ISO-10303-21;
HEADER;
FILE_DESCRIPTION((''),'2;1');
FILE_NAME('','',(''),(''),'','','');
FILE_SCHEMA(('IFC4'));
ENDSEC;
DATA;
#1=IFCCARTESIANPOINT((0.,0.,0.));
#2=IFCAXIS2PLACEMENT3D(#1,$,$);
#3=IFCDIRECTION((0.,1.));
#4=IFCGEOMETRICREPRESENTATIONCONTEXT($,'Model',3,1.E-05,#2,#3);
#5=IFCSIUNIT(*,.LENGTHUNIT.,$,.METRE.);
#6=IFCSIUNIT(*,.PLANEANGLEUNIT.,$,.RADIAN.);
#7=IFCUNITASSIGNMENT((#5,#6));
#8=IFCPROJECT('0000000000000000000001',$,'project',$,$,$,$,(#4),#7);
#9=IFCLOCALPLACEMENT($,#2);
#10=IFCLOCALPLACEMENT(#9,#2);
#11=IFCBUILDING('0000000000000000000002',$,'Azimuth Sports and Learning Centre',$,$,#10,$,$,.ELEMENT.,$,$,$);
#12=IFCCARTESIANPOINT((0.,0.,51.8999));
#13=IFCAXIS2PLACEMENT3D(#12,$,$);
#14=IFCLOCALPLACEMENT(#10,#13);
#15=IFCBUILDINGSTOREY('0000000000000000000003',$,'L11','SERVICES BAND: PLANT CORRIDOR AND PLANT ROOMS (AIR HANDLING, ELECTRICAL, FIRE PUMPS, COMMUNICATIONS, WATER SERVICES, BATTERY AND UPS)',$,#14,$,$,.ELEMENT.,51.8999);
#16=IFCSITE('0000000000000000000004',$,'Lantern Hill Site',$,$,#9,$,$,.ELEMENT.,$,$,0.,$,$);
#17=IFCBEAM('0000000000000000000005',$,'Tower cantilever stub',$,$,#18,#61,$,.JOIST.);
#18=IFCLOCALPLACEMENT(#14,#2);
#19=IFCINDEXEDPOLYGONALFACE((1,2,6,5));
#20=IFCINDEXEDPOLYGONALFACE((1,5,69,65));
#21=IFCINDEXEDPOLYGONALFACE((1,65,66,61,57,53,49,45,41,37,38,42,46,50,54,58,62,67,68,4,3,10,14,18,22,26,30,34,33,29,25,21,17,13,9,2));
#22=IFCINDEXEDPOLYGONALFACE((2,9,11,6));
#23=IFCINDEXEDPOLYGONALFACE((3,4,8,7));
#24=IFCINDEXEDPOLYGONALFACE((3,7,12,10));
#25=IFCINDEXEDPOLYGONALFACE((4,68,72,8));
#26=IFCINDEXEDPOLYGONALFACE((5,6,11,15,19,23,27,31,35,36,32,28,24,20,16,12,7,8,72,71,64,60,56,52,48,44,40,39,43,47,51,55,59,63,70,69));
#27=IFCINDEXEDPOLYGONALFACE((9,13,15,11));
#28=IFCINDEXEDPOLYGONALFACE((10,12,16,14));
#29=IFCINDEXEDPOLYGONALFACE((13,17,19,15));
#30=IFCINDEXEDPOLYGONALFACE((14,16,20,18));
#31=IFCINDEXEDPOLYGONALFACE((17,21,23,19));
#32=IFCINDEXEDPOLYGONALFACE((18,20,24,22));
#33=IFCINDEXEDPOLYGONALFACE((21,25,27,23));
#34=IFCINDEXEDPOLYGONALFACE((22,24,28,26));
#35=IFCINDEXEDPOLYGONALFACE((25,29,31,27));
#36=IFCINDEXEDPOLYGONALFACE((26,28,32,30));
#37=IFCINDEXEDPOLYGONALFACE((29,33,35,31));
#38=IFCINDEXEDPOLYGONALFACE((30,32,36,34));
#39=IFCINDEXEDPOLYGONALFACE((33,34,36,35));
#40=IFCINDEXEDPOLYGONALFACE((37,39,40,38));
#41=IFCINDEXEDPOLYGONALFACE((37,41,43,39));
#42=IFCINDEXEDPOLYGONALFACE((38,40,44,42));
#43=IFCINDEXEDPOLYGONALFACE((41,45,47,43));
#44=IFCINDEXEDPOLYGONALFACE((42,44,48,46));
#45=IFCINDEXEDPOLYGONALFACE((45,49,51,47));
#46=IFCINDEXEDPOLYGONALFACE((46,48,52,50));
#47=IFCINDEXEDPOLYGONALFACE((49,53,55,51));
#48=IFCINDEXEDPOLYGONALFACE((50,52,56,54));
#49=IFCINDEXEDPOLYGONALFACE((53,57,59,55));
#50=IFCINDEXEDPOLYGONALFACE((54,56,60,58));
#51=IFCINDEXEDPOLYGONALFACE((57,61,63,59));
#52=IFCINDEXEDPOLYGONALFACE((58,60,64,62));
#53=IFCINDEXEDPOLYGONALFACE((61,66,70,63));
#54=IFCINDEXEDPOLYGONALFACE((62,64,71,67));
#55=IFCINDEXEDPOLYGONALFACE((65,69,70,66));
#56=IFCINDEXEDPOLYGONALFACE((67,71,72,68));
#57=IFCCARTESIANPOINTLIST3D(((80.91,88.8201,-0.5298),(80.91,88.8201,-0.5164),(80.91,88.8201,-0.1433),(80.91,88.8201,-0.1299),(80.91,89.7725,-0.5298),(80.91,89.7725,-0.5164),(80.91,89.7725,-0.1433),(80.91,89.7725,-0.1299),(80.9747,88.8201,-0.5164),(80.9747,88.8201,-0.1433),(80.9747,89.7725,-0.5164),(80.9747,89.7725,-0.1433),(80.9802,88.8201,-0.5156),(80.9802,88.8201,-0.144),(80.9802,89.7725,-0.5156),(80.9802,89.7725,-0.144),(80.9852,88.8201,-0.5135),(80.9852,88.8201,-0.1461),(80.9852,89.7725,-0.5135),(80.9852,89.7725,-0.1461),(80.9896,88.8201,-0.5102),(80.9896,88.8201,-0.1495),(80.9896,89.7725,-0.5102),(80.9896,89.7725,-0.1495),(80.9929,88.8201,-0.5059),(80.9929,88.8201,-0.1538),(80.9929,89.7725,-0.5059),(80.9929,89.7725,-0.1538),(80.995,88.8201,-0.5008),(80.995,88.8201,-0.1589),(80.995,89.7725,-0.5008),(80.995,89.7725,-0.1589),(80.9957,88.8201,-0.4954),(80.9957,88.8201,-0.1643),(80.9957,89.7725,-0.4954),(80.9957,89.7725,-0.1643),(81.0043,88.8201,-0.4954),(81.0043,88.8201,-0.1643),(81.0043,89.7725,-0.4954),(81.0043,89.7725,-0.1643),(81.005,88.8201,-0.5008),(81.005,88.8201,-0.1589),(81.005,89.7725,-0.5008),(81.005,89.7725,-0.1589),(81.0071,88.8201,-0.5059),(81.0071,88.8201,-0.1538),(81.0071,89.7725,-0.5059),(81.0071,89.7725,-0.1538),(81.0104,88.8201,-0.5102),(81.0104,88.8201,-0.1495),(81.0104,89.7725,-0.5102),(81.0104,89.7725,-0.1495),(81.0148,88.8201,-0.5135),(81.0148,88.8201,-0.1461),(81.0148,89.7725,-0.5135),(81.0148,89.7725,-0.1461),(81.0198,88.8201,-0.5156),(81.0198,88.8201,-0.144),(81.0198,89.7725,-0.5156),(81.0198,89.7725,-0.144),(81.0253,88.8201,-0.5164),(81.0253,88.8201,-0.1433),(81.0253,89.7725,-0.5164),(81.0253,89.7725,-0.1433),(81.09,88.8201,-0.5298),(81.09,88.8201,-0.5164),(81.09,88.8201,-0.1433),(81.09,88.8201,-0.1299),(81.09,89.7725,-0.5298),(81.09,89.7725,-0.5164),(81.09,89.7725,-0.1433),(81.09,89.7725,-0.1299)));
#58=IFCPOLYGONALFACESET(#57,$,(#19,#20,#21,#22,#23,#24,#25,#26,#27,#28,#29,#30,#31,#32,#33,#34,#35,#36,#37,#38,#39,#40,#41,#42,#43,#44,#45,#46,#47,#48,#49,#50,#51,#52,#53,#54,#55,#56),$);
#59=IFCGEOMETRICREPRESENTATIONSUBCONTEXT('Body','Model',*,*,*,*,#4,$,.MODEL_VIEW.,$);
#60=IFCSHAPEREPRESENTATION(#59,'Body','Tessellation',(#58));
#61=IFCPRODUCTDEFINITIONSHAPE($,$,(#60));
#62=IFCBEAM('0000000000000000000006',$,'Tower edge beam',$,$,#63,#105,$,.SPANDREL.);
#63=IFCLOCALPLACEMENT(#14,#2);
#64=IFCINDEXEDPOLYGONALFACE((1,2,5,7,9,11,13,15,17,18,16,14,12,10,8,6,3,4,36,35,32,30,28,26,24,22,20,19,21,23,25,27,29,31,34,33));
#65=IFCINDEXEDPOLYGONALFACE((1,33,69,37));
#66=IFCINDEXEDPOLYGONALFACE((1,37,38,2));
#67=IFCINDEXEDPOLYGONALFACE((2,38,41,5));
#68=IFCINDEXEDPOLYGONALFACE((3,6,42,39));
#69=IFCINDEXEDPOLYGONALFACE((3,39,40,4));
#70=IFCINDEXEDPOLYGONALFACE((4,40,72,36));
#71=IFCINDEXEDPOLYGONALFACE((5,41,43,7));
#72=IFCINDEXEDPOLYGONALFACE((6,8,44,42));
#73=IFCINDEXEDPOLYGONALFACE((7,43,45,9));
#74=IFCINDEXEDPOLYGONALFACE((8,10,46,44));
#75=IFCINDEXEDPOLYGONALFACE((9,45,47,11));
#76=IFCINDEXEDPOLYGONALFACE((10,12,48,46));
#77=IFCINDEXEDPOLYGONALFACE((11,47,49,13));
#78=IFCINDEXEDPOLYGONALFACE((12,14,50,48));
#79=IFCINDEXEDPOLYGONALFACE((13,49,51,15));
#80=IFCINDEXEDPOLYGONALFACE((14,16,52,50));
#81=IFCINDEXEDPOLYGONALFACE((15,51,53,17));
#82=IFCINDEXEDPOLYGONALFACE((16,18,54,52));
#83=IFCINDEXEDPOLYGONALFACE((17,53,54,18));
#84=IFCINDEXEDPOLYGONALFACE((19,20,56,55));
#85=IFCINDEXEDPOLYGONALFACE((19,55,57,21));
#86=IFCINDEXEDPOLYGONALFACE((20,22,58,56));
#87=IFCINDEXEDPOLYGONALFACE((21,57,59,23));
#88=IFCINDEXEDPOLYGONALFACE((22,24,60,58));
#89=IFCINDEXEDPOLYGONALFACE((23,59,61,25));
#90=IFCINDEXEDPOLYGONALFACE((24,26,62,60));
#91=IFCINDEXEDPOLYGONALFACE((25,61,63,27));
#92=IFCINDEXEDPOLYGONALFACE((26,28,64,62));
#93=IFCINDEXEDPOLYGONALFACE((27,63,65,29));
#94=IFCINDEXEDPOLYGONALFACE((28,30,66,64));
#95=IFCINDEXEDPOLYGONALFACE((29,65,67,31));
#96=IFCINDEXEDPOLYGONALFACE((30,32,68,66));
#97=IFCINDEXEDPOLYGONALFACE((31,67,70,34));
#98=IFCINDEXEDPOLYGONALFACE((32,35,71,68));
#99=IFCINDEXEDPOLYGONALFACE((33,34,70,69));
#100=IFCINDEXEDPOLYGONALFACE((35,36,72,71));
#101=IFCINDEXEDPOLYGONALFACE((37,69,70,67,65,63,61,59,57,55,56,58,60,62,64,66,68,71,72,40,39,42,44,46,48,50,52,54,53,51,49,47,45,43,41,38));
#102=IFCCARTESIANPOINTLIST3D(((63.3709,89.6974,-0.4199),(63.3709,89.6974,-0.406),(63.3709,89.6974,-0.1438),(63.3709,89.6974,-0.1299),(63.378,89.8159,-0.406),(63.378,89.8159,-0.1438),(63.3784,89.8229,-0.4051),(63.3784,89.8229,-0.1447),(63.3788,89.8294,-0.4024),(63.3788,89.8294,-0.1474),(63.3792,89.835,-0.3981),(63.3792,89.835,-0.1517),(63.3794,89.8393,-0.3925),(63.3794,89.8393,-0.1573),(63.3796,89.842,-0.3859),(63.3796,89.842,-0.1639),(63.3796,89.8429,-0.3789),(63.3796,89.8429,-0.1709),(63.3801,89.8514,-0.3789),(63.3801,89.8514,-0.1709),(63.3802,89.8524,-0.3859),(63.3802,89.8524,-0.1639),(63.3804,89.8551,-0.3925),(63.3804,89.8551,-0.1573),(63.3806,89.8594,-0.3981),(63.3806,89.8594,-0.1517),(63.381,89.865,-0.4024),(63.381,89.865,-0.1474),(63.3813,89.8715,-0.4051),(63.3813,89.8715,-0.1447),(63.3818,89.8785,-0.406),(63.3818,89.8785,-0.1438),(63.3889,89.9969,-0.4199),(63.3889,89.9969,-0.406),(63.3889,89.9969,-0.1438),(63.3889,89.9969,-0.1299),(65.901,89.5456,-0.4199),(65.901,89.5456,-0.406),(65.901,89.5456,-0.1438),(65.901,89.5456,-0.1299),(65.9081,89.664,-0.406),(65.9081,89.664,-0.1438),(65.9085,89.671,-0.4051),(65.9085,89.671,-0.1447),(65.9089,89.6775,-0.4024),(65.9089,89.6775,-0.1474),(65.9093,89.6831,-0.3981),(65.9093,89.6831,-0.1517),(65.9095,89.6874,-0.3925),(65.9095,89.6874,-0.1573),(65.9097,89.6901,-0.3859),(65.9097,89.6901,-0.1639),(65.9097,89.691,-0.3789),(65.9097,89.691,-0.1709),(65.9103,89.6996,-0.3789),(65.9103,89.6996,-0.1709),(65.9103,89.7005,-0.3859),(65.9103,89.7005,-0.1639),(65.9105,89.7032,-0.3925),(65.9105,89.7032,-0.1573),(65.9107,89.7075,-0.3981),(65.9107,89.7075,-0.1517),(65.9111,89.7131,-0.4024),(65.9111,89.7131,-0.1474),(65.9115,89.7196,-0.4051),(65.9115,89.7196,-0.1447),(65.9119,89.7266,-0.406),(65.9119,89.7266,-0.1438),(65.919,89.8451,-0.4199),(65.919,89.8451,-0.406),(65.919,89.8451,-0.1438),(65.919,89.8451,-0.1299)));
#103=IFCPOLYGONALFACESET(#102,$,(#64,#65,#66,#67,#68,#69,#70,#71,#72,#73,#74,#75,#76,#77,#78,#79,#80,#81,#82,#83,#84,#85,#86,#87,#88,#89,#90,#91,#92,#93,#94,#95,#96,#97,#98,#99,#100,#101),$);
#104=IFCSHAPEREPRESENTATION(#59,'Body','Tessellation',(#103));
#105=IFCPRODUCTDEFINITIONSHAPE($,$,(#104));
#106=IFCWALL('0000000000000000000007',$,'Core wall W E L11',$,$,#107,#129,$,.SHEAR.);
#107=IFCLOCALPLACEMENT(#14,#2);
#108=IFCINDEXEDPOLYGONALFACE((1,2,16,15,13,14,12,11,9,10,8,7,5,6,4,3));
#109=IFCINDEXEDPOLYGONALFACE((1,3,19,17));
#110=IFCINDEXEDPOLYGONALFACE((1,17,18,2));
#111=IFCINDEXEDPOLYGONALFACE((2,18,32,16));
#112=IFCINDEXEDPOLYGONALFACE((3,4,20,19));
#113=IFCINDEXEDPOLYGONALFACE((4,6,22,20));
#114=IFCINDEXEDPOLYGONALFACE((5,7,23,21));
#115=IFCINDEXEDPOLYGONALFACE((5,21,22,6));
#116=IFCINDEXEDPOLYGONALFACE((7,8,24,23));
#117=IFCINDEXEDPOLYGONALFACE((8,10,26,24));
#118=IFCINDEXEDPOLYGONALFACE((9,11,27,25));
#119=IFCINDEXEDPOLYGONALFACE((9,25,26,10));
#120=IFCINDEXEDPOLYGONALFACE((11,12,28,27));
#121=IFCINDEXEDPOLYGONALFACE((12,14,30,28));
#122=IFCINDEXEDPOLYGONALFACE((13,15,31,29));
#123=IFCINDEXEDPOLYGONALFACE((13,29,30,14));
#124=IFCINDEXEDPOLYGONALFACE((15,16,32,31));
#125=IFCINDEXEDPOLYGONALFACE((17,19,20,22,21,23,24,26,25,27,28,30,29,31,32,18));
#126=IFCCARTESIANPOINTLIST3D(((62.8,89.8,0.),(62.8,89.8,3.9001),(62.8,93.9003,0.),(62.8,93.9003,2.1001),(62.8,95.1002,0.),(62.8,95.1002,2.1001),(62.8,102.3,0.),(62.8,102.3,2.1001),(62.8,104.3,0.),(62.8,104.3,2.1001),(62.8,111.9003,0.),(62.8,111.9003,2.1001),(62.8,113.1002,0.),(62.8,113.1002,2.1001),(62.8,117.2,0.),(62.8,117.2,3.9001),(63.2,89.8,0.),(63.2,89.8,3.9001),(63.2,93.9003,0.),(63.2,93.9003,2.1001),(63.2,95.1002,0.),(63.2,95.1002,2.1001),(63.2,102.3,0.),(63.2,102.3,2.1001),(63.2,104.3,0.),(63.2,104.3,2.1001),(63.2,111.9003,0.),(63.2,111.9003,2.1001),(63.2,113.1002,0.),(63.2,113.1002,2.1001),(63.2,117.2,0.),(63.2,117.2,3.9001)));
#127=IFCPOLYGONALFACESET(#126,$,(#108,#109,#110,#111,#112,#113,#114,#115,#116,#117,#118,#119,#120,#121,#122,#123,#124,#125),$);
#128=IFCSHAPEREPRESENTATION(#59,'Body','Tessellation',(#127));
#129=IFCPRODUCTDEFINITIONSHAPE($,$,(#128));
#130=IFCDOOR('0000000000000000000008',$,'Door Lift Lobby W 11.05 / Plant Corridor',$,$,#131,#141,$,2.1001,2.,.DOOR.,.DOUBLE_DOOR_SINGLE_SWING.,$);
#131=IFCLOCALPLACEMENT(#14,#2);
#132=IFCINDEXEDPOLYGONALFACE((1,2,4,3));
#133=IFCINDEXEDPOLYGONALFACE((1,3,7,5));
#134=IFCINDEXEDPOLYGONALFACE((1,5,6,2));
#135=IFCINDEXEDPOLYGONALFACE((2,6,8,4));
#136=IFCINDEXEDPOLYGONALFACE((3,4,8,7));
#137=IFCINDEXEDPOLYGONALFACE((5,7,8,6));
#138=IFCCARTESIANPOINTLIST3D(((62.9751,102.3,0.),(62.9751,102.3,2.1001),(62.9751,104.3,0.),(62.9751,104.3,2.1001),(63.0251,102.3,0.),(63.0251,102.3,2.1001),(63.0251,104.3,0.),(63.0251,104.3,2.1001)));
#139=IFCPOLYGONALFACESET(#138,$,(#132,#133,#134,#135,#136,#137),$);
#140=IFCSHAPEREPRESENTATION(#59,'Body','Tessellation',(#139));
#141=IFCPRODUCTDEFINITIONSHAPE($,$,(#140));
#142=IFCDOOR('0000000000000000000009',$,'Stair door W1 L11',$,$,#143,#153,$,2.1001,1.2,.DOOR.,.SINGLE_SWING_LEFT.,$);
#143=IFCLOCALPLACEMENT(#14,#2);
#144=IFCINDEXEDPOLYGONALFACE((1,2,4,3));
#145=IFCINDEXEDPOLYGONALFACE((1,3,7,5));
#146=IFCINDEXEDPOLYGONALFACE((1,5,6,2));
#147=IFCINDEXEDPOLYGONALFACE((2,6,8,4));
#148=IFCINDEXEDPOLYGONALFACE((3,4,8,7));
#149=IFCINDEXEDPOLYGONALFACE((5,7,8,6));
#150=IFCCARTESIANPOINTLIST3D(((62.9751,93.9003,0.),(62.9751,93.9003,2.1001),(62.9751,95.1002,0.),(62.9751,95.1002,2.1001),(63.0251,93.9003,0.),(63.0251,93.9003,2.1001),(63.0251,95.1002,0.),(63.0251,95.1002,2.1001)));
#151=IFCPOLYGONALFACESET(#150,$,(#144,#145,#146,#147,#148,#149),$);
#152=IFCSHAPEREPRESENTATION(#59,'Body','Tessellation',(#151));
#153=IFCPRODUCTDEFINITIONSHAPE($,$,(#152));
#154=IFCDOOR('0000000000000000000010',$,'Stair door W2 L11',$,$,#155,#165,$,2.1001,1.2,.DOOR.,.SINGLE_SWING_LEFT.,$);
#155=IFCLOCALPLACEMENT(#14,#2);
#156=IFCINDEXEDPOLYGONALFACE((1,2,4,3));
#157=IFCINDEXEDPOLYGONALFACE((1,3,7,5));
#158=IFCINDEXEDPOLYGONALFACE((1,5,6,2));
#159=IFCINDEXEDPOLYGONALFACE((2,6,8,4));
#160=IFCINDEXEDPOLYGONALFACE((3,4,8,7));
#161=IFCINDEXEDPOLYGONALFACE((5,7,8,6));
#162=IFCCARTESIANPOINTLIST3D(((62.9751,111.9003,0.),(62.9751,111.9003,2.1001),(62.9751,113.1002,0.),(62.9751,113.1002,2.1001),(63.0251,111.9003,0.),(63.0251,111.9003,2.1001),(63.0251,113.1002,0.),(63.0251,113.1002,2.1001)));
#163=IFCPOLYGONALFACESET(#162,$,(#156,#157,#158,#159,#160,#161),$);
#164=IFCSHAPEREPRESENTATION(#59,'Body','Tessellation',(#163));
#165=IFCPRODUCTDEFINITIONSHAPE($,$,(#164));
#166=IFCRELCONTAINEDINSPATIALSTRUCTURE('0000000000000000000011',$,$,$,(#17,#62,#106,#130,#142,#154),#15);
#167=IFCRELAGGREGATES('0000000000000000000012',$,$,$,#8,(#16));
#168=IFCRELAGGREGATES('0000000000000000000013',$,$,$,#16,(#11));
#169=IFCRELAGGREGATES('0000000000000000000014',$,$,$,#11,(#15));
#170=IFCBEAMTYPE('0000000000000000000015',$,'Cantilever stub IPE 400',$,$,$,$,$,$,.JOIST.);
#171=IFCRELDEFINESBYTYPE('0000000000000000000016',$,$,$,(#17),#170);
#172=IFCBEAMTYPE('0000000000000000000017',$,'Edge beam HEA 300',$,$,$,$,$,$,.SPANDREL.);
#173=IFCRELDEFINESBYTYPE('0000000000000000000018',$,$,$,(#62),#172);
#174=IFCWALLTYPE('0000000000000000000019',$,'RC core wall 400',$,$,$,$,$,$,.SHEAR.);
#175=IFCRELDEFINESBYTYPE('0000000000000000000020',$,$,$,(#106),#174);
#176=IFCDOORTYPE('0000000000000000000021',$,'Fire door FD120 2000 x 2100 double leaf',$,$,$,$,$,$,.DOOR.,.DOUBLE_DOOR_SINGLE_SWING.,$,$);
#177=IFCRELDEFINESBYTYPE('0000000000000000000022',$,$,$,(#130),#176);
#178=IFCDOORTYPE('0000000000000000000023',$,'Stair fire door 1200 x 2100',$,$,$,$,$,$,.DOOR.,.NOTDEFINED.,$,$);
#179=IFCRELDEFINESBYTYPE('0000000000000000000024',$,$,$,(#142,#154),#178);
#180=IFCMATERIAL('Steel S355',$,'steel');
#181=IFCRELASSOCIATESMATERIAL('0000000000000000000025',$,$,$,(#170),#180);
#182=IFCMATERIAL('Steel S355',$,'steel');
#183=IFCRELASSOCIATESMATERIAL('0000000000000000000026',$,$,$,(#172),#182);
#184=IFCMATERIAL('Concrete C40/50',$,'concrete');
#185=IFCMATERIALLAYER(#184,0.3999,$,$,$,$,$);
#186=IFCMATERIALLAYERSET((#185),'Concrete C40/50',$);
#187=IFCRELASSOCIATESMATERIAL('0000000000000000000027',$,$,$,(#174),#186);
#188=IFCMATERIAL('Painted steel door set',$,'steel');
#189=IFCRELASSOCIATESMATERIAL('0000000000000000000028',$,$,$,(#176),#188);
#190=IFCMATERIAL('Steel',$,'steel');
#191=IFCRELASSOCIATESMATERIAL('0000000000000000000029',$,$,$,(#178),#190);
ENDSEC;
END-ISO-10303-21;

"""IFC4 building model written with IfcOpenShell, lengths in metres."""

from ifc_helpers import new_model, si_unit, direction, frame, frame_2d, origin, origin_2d, place, context, subcontext, project, spatial, rectangle, i_section, extrude, material, layer, layer_set, material_profile, profile_set, type_object, element, fill, save


model = new_model("IFC4")

# Units and contexts
model_context = context("Model", 3, precision=1e-05, world=origin(), true_north=direction((0.0, 1.0)))
body_context = subcontext(model_context, "Body", "Model", "MODEL_VIEW")
ifc_project = project(units=[si_unit("LENGTHUNIT", "METRE"), si_unit("PLANEANGLEUNIT", "RADIAN")], contexts=[model_context])

# Site, building, storey
site_placement = place(None, origin())
site = spatial("IfcSite", under=ifc_project, at=site_placement, Name="Lantern Hill Site", CompositionType="ELEMENT", RefElevation=0.0)
building_placement = place(site_placement, origin())
building = spatial("IfcBuilding", under=site, at=building_placement, Name="Azimuth Sports and Learning Centre", CompositionType="ELEMENT")
storey_placement = place(building_placement, frame((0.0, 0.0, 51.8999)))
storey = spatial("IfcBuildingStorey", under=building, at=storey_placement, Name="L11", Description="SERVICES BAND: PLANT CORRIDOR AND PLANT ROOMS (AIR HANDLING, ELECTRICAL, FIRE PUMPS, COMMUNICATIONS, WATER SERVICES, BATTERY AND UPS)", CompositionType="ELEMENT", Elevation=51.8999)

# Beams
ifc_material_1 = material(Name="Steel S355", Category="steel")
ifc_material_profile_1 = material_profile(ifc_material_1, i_section(OverallWidth=0.1799, OverallDepth=0.3999, WebThickness=0.0085, FlangeThickness=0.0134, FilletRadius=0.021, at=origin_2d()), Name="IPE 400")
ifc_profile_set_1 = profile_set([ifc_material_profile_1], Name="Steel S355")
beam_type_1 = type_object("IfcBeamType", Name="Cantilever stub IPE 400", PredefinedType="JOIST", material=ifc_profile_set_1)
beam_1_placement = place(storey_placement, frame((81.0, 89.7725, -0.3298), z_axis=(0.0, -1.0, 0.0), x_axis=(1.0, 0.0, 0.0)))
element("IfcBeam", 1, at=beam_1_placement, inside=storey, type_object=beam_type_1, Name="Tower cantilever stub", PredefinedType="JOIST", context=body_context, shape_type="SweptSolid", body=[
    extrude(i_section(OverallWidth=0.1799, OverallDepth=0.3999, WebThickness=0.0085, FlangeThickness=0.0134, FilletRadius=0.021, at=origin_2d()), origin(), (0.0, 0.0, 1.0), 0.9524),
])
ifc_material_2 = material(Name="Steel S355", Category="steel")
ifc_material_profile_2 = material_profile(ifc_material_2, i_section(OverallWidth=0.3, OverallDepth=0.29, WebThickness=0.0085, FlangeThickness=0.0139, FilletRadius=0.0271, at=origin_2d()), Name="HEA 300")
ifc_profile_set_2 = profile_set([ifc_material_profile_2], Name="Steel S355")
beam_type_2 = type_object("IfcBeamType", Name="Edge beam HEA 300", PredefinedType="SPANDREL", material=ifc_profile_set_2)
beam_2_placement = place(storey_placement, frame((63.3799, 89.8472, -0.2749), z_axis=(0.998204, -0.059913, 0.0), x_axis=(0.059913, 0.998204, 0.0)))
element("IfcBeam", 2, at=beam_2_placement, inside=storey, type_object=beam_type_2, Name="Tower edge beam", PredefinedType="SPANDREL", context=body_context, shape_type="SweptSolid", body=[
    extrude(i_section(OverallWidth=0.3, OverallDepth=0.29, WebThickness=0.0085, FlangeThickness=0.0139, FilletRadius=0.0271, at=origin_2d()), origin(), (0.0, 0.0, 1.0), 2.5347),
])

# Wall, openings, doors
ifc_material_3 = material(Name="Concrete C40/50", Category="concrete")
ifc_layer_1 = layer(ifc_material_3, 0.3999)
ifc_layer_set_1 = layer_set([ifc_layer_1], Name="Concrete C40/50")
wall_type_1 = type_object("IfcWallType", Name="RC core wall 400", PredefinedType="SHEAR", material=ifc_layer_set_1)
wall_1_placement = place(storey_placement, frame((63.0, 89.8, 0.0), z_axis=(0.0, 0.0, 1.0), x_axis=(0.0, 1.0, 0.0)))
wall_1 = element("IfcWall", 3, at=wall_1_placement, inside=storey, type_object=wall_type_1, Name="Core wall W E L11", PredefinedType="SHEAR", context=body_context, shape_type="SweptSolid", body=[
    extrude(rectangle(XDim=27.3999, YDim=0.3999, at=frame_2d((13.7, 0.0))), origin(), (0.0, 0.0, 1.0), 3.9001),
])
opening_1_placement = place(wall_1_placement, frame((4.1001, 0.0, 0.0)))
opening_1 = element("IfcOpeningElement", 4, at=opening_1_placement, cuts=wall_1, PredefinedType="OPENING", context=body_context, shape_type="SweptSolid", body=[
    extrude(rectangle(XDim=1.2, YDim=2.1001, at=frame_2d((0.6001, 1.05))), frame((0.0, 0.2109, 0.0), z_axis=(0.0, -1.0, 0.0), x_axis=(1.0, 0.0, 0.0)), (0.0, 0.0, 1.0), 0.4219),
])
opening_2_placement = place(wall_1_placement, frame((22.1001, 0.0, 0.0)))
opening_2 = element("IfcOpeningElement", 5, at=opening_2_placement, cuts=wall_1, PredefinedType="OPENING", context=body_context, shape_type="SweptSolid", body=[
    extrude(rectangle(XDim=1.2, YDim=2.1001, at=frame_2d((0.6001, 1.05))), frame((0.0, 0.2109, 0.0), z_axis=(0.0, -1.0, 0.0), x_axis=(1.0, 0.0, 0.0)), (0.0, 0.0, 1.0), 0.4219),
])
opening_3_placement = place(wall_1_placement, frame((12.5, 0.0, 0.0)))
opening_3 = element("IfcOpeningElement", 6, at=opening_3_placement, cuts=wall_1, PredefinedType="OPENING", context=body_context, shape_type="SweptSolid", body=[
    extrude(rectangle(XDim=2.0, YDim=2.1001, at=frame_2d((1.0, 1.05))), frame((0.0, 0.2109, 0.0), z_axis=(0.0, -1.0, 0.0), x_axis=(1.0, 0.0, 0.0)), (0.0, 0.0, 1.0), 0.4219),
])
ifc_material_4 = material(Name="Painted steel door set", Category="steel")
door_type_1 = type_object("IfcDoorType", Name="Fire door FD120 2000 x 2100 double leaf", OperationType="DOUBLE_DOOR_SINGLE_SWING", PredefinedType="DOOR", material=ifc_material_4)
door_1_placement = place(opening_3_placement, origin())
door_1 = element("IfcDoor", 7, at=door_1_placement, inside=storey, type_object=door_type_1, Name="Door Lift Lobby W 11.05 / Plant Corridor", OperationType="DOUBLE_DOOR_SINGLE_SWING", OverallHeight=2.1001, OverallWidth=2.0, PredefinedType="DOOR", context=body_context, shape_type="SweptSolid", body=[
    extrude(rectangle(XDim=2.0, YDim=2.1001, at=frame_2d((1.0, 1.05))), frame((0.0, 0.0249, 0.0), z_axis=(0.0, -1.0, 0.0), x_axis=(1.0, 0.0, 0.0)), (0.0, 0.0, 1.0), 0.05),
])
fill(opening_3, door_1)
ifc_material_5 = material(Name="Steel", Category="steel")
door_type_2 = type_object("IfcDoorType", Name="Stair fire door 1200 x 2100", OperationType="NOTDEFINED", PredefinedType="DOOR", material=ifc_material_5)
door_2_placement = place(opening_1_placement, origin())
door_2 = element("IfcDoor", 8, at=door_2_placement, inside=storey, type_object=door_type_2, Name="Stair door W1 L11", OperationType="SINGLE_SWING_LEFT", OverallHeight=2.1001, OverallWidth=1.2, PredefinedType="DOOR", context=body_context, shape_type="SweptSolid", body=[
    extrude(rectangle(XDim=1.2, YDim=2.1001, at=frame_2d((0.6001, 1.05))), frame((0.0, 0.0249, 0.0), z_axis=(0.0, -1.0, 0.0), x_axis=(1.0, 0.0, 0.0)), (0.0, 0.0, 1.0), 0.05),
])
fill(opening_1, door_2)
door_3_placement = place(opening_2_placement, origin())
door_3 = element("IfcDoor", 9, at=door_3_placement, inside=storey, type_object=door_type_2, Name="Stair door W2 L11", OperationType="SINGLE_SWING_LEFT", OverallHeight=2.1001, OverallWidth=1.2, PredefinedType="DOOR", context=body_context, shape_type="SweptSolid", body=[
    extrude(rectangle(XDim=1.2, YDim=2.1001, at=frame_2d((0.6001, 1.05))), frame((0.0, 0.0249, 0.0), z_axis=(0.0, -1.0, 0.0), x_axis=(1.0, 0.0, 0.0)), (0.0, 0.0, 1.0), 0.05),
])
fill(opening_2, door_3)

save(model, "model.ifc")
